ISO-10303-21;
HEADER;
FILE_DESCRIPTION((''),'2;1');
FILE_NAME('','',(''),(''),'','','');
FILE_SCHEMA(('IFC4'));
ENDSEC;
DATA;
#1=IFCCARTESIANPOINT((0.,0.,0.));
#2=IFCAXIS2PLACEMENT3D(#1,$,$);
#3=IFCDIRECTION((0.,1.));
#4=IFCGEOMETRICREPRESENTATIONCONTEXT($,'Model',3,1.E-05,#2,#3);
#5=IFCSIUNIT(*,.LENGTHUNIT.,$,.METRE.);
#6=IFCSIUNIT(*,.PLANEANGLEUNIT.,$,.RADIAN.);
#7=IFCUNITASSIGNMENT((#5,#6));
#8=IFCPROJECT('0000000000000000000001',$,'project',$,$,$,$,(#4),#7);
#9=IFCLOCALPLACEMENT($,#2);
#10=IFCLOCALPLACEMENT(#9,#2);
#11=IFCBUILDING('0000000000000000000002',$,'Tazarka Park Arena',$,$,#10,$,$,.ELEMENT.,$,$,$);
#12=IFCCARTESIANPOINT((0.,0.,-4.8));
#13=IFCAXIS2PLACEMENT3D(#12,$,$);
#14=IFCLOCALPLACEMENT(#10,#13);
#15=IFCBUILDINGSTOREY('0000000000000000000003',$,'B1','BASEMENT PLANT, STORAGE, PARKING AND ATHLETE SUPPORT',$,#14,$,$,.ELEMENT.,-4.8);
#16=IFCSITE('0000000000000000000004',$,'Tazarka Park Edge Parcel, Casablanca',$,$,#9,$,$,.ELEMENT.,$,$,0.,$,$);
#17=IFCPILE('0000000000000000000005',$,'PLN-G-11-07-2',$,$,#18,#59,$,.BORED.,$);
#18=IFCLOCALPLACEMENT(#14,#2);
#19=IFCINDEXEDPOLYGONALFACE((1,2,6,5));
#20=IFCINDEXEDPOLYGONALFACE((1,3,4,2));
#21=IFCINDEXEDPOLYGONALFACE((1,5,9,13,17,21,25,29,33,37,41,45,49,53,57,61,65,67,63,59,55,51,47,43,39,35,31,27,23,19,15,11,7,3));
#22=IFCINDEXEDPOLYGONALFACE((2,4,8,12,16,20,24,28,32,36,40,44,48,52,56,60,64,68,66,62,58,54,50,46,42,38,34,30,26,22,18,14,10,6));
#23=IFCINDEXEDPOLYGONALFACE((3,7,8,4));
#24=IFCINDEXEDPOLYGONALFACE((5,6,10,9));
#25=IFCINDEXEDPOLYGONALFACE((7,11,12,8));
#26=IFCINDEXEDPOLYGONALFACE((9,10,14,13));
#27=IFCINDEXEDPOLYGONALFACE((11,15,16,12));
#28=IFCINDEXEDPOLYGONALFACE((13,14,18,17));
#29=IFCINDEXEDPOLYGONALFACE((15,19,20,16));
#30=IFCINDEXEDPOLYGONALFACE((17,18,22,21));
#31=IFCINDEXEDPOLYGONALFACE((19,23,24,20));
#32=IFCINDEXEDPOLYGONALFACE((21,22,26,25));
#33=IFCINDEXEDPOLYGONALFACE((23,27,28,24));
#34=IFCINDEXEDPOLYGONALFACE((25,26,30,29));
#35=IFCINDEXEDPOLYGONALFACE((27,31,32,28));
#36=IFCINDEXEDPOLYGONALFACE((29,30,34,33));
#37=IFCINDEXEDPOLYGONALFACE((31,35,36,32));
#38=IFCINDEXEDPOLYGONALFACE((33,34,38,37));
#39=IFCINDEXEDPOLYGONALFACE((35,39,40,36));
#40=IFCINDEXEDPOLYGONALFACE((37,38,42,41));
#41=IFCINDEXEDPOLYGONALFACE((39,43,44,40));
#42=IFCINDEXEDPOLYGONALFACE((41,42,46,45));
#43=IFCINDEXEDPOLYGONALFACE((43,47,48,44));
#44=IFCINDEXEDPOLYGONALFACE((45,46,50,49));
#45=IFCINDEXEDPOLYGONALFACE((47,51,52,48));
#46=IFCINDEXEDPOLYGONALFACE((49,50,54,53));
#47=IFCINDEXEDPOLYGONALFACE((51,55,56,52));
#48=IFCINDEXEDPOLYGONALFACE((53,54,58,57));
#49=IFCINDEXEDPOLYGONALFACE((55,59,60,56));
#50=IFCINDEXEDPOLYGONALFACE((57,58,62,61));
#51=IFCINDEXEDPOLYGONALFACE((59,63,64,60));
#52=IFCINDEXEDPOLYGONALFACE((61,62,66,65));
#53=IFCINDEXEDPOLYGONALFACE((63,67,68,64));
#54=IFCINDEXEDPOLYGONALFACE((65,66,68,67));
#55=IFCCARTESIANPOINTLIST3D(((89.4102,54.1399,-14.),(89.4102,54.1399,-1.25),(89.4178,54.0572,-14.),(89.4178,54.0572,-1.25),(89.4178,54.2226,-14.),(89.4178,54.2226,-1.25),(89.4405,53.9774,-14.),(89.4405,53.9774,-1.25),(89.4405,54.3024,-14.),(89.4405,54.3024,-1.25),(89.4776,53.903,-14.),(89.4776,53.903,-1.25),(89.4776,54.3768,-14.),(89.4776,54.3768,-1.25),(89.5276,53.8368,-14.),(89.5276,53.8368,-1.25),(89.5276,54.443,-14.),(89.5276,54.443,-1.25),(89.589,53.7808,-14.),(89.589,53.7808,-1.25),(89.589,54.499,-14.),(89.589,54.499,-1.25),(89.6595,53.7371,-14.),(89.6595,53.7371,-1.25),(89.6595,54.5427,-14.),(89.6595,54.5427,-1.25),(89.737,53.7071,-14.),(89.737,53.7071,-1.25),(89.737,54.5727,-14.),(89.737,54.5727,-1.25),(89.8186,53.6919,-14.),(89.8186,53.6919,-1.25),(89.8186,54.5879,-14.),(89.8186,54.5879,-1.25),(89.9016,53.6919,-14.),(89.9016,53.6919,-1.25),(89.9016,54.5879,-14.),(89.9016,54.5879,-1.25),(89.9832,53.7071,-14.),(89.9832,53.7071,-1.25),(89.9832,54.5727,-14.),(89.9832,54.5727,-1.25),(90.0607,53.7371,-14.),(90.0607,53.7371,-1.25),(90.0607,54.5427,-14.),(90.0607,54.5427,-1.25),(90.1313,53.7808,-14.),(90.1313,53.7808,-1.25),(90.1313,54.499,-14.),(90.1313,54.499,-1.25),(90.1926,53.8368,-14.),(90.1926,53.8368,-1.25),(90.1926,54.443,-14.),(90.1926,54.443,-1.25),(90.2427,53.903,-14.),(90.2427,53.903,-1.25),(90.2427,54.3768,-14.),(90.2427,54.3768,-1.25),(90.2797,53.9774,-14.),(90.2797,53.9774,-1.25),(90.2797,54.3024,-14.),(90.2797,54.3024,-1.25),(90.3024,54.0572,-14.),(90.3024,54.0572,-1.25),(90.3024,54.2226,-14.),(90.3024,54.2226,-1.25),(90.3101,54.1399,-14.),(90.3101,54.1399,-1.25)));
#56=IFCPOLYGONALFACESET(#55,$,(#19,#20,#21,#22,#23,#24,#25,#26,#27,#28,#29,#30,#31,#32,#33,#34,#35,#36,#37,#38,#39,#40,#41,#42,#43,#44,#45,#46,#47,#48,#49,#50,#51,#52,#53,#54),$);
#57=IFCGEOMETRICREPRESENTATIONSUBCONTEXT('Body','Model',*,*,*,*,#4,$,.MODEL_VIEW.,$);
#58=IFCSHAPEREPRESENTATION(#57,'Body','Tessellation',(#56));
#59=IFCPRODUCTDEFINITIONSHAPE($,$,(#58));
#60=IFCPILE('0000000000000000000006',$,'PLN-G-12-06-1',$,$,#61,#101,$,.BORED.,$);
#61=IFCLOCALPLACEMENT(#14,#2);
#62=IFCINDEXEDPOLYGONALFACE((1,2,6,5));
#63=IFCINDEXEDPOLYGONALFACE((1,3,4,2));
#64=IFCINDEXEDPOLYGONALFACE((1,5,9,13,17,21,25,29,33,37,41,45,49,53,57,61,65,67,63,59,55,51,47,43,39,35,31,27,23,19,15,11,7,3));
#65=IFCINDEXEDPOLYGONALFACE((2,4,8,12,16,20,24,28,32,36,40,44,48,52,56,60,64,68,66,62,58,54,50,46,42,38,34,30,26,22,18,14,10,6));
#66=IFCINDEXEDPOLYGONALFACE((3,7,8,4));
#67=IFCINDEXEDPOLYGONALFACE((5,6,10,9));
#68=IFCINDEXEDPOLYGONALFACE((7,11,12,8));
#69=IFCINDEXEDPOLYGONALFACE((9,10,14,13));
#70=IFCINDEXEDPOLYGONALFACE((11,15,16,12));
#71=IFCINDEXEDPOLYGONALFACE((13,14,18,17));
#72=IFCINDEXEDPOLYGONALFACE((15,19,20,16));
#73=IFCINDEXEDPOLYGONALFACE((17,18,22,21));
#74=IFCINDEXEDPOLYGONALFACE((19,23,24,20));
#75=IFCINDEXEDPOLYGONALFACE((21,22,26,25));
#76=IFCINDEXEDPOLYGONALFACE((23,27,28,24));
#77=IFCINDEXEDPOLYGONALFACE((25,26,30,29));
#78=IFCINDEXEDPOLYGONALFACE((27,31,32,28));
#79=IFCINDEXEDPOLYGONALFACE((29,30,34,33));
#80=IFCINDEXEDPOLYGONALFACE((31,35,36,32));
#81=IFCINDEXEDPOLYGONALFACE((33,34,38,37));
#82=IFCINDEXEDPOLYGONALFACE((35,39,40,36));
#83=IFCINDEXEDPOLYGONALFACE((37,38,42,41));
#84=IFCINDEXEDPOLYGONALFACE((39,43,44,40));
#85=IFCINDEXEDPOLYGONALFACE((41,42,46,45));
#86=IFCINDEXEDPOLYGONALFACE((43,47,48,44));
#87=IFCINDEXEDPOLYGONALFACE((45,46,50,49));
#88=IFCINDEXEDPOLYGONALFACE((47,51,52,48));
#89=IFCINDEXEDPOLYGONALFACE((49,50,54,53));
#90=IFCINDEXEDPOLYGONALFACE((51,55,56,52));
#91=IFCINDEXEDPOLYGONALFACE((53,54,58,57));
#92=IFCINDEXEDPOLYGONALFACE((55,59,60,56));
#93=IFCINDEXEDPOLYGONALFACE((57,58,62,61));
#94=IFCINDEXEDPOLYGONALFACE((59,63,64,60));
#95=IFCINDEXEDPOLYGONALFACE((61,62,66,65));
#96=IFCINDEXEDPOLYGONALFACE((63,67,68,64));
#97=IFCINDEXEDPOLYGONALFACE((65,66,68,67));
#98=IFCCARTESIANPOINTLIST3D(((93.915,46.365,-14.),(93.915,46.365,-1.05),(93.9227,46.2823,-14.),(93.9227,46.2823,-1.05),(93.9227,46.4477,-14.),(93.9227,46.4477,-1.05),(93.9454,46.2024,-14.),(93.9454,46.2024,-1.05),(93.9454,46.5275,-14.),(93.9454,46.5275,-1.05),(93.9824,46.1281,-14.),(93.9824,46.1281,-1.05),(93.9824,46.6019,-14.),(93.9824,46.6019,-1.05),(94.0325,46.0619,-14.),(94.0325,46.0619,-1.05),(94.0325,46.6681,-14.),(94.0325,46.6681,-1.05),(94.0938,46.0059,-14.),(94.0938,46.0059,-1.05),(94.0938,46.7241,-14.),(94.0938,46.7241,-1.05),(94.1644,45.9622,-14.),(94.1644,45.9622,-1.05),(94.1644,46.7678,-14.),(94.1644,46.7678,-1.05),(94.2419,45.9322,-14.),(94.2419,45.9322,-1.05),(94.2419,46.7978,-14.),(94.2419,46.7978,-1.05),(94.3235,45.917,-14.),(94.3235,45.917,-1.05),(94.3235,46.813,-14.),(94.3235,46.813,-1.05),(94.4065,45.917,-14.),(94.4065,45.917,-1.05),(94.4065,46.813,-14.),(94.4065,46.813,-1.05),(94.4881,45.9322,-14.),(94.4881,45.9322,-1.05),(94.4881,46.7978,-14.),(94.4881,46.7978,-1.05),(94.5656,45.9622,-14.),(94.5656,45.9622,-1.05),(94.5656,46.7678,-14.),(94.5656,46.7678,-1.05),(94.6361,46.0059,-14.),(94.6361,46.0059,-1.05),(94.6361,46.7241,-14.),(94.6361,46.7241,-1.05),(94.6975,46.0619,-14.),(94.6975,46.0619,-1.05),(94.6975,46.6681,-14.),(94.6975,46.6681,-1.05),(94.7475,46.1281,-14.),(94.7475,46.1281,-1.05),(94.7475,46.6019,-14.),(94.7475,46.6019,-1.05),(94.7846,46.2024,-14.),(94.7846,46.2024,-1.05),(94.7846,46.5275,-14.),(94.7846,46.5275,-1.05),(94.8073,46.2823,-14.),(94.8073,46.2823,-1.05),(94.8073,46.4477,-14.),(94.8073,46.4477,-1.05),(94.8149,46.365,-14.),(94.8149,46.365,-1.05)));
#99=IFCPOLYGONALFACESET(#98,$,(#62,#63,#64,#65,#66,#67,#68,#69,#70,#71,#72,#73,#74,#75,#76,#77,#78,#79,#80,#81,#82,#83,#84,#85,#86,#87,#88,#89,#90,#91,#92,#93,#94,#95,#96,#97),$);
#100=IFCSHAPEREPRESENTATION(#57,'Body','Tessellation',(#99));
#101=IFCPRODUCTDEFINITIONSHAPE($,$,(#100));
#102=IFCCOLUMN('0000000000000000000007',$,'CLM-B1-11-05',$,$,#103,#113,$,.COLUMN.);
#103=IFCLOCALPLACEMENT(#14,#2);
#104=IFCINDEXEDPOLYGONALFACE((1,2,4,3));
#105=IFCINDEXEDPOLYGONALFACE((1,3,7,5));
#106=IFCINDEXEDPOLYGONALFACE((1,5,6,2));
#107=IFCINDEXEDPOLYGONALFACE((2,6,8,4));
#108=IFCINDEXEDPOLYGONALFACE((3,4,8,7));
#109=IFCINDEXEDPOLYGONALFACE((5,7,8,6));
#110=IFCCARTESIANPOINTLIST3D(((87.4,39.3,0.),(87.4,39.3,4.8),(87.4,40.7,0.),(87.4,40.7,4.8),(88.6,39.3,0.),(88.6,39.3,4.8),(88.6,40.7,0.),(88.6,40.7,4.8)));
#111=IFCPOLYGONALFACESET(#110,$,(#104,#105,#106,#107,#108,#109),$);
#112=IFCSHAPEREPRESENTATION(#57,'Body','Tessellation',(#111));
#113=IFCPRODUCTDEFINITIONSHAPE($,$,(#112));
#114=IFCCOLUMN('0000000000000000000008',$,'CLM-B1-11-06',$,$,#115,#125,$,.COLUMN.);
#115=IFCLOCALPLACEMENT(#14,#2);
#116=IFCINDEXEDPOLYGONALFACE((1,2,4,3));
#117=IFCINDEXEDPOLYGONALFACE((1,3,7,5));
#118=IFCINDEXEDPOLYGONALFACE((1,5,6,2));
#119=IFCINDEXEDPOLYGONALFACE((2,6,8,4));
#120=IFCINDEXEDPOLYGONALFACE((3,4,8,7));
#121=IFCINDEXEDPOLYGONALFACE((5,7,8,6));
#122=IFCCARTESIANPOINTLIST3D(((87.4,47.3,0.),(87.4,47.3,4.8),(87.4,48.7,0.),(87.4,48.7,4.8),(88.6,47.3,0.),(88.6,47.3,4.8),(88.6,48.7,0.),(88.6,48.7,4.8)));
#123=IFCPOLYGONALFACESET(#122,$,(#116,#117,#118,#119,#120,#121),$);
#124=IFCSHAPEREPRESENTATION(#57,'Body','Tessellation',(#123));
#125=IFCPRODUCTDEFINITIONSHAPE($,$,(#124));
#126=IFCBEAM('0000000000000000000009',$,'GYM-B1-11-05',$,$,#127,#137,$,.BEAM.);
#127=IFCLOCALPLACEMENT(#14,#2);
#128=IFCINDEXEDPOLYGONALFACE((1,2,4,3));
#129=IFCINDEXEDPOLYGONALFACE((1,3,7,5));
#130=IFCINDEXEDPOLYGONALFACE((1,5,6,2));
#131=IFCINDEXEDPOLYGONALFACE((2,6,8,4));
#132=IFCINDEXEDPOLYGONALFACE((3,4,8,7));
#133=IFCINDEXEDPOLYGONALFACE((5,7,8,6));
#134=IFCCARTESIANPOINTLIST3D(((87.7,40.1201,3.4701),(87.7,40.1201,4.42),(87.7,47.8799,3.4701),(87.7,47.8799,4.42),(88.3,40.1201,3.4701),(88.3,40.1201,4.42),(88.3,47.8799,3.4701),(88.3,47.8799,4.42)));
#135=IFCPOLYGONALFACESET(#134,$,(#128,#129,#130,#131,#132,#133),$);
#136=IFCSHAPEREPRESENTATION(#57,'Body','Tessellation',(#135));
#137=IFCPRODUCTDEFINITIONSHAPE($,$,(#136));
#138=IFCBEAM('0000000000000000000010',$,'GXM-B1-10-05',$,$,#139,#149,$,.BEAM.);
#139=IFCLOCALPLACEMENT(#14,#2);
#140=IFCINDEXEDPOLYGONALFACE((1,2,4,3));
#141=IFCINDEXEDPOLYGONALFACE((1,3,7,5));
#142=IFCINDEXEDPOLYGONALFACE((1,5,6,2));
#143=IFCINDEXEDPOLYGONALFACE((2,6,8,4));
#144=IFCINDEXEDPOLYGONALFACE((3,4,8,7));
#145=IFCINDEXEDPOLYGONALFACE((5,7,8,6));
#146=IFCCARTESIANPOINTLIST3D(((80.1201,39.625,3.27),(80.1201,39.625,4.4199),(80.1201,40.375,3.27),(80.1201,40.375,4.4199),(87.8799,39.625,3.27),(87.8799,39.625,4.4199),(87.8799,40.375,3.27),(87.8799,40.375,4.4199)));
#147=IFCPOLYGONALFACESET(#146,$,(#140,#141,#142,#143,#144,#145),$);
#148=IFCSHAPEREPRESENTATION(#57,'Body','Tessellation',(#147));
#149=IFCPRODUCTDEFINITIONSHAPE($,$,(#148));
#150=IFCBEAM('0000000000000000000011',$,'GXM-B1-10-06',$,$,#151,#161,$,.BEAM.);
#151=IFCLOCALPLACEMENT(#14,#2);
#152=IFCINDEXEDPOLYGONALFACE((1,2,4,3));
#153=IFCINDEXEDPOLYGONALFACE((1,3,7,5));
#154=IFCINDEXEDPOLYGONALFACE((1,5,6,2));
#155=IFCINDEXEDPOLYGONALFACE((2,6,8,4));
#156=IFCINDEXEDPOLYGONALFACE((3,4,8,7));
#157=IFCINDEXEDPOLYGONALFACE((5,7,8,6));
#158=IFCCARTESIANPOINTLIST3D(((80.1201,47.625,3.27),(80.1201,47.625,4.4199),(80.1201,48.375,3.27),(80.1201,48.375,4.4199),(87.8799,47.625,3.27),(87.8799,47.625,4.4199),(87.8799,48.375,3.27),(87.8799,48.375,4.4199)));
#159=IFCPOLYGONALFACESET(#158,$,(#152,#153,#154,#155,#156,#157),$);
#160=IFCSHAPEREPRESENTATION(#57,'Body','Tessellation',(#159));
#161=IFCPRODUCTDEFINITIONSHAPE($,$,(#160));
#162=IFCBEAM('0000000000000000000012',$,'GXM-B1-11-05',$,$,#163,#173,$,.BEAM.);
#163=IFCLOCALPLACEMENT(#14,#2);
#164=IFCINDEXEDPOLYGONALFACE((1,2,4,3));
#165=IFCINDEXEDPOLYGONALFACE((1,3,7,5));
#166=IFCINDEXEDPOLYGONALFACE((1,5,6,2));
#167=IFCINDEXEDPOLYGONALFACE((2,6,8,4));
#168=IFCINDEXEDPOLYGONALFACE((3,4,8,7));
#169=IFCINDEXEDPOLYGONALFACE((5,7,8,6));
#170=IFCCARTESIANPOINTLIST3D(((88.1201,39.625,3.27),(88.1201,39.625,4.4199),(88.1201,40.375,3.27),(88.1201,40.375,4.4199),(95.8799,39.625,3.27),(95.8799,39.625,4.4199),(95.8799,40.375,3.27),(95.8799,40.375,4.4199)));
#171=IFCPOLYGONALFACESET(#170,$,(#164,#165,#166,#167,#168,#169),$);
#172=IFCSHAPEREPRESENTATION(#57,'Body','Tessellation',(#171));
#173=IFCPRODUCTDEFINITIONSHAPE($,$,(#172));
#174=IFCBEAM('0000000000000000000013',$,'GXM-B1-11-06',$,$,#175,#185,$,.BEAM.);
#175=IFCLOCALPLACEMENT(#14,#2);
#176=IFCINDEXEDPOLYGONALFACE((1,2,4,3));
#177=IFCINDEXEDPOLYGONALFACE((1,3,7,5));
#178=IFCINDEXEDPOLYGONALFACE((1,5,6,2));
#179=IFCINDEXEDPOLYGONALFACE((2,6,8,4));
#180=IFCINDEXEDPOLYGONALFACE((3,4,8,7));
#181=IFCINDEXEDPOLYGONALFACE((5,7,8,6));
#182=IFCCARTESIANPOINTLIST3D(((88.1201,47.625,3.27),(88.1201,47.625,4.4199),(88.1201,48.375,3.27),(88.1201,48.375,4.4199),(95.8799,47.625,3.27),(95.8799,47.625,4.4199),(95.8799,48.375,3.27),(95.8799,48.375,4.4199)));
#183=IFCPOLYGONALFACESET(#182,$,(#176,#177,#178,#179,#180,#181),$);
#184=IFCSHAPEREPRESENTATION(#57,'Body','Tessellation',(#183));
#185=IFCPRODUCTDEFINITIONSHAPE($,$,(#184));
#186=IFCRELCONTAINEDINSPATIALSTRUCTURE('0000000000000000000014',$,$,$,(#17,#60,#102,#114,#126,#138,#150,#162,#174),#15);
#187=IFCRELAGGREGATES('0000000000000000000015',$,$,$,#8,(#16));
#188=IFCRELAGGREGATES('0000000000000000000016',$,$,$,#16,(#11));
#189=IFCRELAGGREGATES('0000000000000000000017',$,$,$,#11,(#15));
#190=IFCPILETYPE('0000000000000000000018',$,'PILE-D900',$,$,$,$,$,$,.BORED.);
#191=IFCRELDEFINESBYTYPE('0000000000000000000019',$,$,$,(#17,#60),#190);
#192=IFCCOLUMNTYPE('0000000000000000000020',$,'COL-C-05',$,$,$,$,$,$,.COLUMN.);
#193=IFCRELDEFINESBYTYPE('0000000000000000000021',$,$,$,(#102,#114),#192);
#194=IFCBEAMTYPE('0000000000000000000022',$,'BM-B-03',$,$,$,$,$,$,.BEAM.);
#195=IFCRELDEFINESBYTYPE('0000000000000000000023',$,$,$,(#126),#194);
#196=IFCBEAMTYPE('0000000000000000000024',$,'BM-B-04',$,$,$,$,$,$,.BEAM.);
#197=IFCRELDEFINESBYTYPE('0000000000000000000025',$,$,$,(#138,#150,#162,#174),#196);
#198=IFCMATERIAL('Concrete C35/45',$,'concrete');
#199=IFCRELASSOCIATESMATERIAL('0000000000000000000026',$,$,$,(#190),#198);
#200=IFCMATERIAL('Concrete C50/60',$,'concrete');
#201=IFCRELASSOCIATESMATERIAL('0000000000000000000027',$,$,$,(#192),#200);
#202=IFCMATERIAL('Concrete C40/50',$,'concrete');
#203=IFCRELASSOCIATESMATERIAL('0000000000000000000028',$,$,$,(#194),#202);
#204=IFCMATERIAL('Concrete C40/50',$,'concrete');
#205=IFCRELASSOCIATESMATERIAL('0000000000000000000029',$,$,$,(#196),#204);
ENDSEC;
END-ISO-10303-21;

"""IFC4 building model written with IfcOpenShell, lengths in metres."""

from ifc_helpers import new_model, si_unit, direction, frame, origin, origin_2d, place, context, subcontext, project, spatial, rectangle, circle, extrude, material, material_profile, profile_set, type_object, element, save


model = new_model("IFC4")

# Units and contexts
model_context = context("Model", 3, precision=1e-05, world=origin(), true_north=direction((0.0, 1.0)))
body_context = subcontext(model_context, "Body", "Model", "MODEL_VIEW")
ifc_project = project(units=[si_unit("LENGTHUNIT", "METRE"), si_unit("PLANEANGLEUNIT", "RADIAN")], contexts=[model_context])

# Site, building, storey
site_placement = place(None, origin())
site = spatial("IfcSite", under=ifc_project, at=site_placement, Name="Tazarka Park Edge Parcel, Casablanca", CompositionType="ELEMENT", RefElevation=0.0)
building_placement = place(site_placement, origin())
building = spatial("IfcBuilding", under=site, at=building_placement, Name="Tazarka Park Arena", CompositionType="ELEMENT")
storey_placement = place(building_placement, frame((0.0, 0.0, -4.8)))
storey = spatial("IfcBuildingStorey", under=building, at=storey_placement, Name="B1", Description="BASEMENT PLANT, STORAGE, PARKING AND ATHLETE SUPPORT", CompositionType="ELEMENT", Elevation=-4.8)

# Piles
ifc_material_1 = material(Name="Concrete C35/45", Category="concrete")
ifc_material_profile_1 = material_profile(ifc_material_1, circle(Radius=0.45, at=origin_2d()), Name="Concrete C35/45")
ifc_profile_set_1 = profile_set([ifc_material_profile_1], Name="Concrete C35/45")
pile_type_1 = type_object("IfcPileType", Name="PILE-D900", PredefinedType="BORED", material=ifc_profile_set_1)
for number, where, z_axis, x_axis, name in (
    (1, (89.8601, 54.1399, -1.25), (0.0, 0.0, -1.0), (1.0, 0.0, 0.0), "PLN-G-11-07-2"),
):
    element("IfcPile", number, at=place(storey_placement, frame(where, z_axis=z_axis, x_axis=x_axis)), inside=storey, type_object=pile_type_1, Name=name, PredefinedType="BORED", context=body_context, shape_type="SweptSolid", body=[
        extrude(circle(Radius=0.45, at=origin_2d()), origin(), (0.0, 0.0, 1.0), 12.75),
    ])
pile_1_placement = place(storey_placement, frame((94.365, 46.365, -1.05), z_axis=(0.0, 0.0, -1.0), x_axis=(1.0, 0.0, 0.0)))
element("IfcPile", 2, at=pile_1_placement, inside=storey, type_object=pile_type_1, Name="PLN-G-12-06-1", PredefinedType="BORED", context=body_context, shape_type="SweptSolid", body=[
    extrude(circle(Radius=0.45, at=origin_2d()), origin(), (0.0, 0.0, 1.0), 12.95),
])

# Columns
ifc_material_2 = material(Name="Concrete C50/60", Category="concrete")
ifc_material_profile_2 = material_profile(ifc_material_2, rectangle(XDim=1.2, YDim=1.3999, at=origin_2d()), Name="Concrete C50/60")
ifc_profile_set_2 = profile_set([ifc_material_profile_2], Name="Concrete C50/60")
column_type = type_object("IfcColumnType", Name="COL-C-05", PredefinedType="COLUMN", material=ifc_profile_set_2)
for number, where, z_axis, x_axis, name in (
    (3, (88.0, 40.0, 0.0), (0.0, 0.0, 1.0), (1.0, 0.0, 0.0), "CLM-B1-11-05"),
    (4, (88.0, 48.0, 0.0), (0.0, 0.0, 1.0), (1.0, 0.0, 0.0), "CLM-B1-11-06"),
):
    element("IfcColumn", number, at=place(storey_placement, frame(where, z_axis=z_axis, x_axis=x_axis)), inside=storey, type_object=column_type, Name=name, PredefinedType="COLUMN", context=body_context, shape_type="SweptSolid", body=[
        extrude(rectangle(XDim=1.2, YDim=1.3999, at=origin_2d()), origin(), (0.0, 0.0, 1.0), 4.8),
    ])

# Beams
ifc_material_3 = material(Name="Concrete C40/50", Category="concrete")
ifc_material_profile_3 = material_profile(ifc_material_3, rectangle(XDim=0.6001, YDim=0.95, at=origin_2d()), Name="Concrete C40/50")
ifc_profile_set_3 = profile_set([ifc_material_profile_3], Name="Concrete C40/50")
beam_type_1 = type_object("IfcBeamType", Name="BM-B-03", PredefinedType="BEAM", material=ifc_profile_set_3)
beam_placement = place(storey_placement, frame((88.0, 40.1201, 3.9451), z_axis=(0.0, 1.0, 0.0), x_axis=(-1.0, 0.0, 0.0)))
element("IfcBeam", 5, at=beam_placement, inside=storey, type_object=beam_type_1, Name="GYM-B1-11-05", PredefinedType="BEAM", context=body_context, shape_type="SweptSolid", body=[
    extrude(rectangle(XDim=0.6001, YDim=0.95, at=origin_2d()), origin(), (0.0, 0.0, 1.0), 7.7598),
])
ifc_material_4 = material(Name="Concrete C40/50", Category="concrete")
ifc_material_profile_4 = material_profile(ifc_material_4, rectangle(XDim=0.75, YDim=1.1499, at=origin_2d()), Name="Concrete C40/50")
ifc_profile_set_4 = profile_set([ifc_material_profile_4], Name="Concrete C40/50")
beam_type_2 = type_object("IfcBeamType", Name="BM-B-04", PredefinedType="BEAM", material=ifc_profile_set_4)
for number, where, z_axis, x_axis, name in (
    (6, (80.1201, 40.0, 3.845), (1.0, 0.0, 0.0), (0.0, 1.0, 0.0), "GXM-B1-10-05"),
    (7, (80.1201, 48.0, 3.845), (1.0, 0.0, 0.0), (0.0, 1.0, 0.0), "GXM-B1-10-06"),
    (8, (88.1201, 40.0, 3.845), (1.0, 0.0, 0.0), (0.0, 1.0, 0.0), "GXM-B1-11-05"),
    (9, (88.1201, 48.0, 3.845), (1.0, 0.0, 0.0), (0.0, 1.0, 0.0), "GXM-B1-11-06"),
):
    element("IfcBeam", number, at=place(storey_placement, frame(where, z_axis=z_axis, x_axis=x_axis)), inside=storey, type_object=beam_type_2, Name=name, PredefinedType="BEAM", context=body_context, shape_type="SweptSolid", body=[
        extrude(rectangle(XDim=0.75, YDim=1.1499, at=origin_2d()), origin(), (0.0, 0.0, 1.0), 7.7598),
    ])

save(model, "model.ifc")
